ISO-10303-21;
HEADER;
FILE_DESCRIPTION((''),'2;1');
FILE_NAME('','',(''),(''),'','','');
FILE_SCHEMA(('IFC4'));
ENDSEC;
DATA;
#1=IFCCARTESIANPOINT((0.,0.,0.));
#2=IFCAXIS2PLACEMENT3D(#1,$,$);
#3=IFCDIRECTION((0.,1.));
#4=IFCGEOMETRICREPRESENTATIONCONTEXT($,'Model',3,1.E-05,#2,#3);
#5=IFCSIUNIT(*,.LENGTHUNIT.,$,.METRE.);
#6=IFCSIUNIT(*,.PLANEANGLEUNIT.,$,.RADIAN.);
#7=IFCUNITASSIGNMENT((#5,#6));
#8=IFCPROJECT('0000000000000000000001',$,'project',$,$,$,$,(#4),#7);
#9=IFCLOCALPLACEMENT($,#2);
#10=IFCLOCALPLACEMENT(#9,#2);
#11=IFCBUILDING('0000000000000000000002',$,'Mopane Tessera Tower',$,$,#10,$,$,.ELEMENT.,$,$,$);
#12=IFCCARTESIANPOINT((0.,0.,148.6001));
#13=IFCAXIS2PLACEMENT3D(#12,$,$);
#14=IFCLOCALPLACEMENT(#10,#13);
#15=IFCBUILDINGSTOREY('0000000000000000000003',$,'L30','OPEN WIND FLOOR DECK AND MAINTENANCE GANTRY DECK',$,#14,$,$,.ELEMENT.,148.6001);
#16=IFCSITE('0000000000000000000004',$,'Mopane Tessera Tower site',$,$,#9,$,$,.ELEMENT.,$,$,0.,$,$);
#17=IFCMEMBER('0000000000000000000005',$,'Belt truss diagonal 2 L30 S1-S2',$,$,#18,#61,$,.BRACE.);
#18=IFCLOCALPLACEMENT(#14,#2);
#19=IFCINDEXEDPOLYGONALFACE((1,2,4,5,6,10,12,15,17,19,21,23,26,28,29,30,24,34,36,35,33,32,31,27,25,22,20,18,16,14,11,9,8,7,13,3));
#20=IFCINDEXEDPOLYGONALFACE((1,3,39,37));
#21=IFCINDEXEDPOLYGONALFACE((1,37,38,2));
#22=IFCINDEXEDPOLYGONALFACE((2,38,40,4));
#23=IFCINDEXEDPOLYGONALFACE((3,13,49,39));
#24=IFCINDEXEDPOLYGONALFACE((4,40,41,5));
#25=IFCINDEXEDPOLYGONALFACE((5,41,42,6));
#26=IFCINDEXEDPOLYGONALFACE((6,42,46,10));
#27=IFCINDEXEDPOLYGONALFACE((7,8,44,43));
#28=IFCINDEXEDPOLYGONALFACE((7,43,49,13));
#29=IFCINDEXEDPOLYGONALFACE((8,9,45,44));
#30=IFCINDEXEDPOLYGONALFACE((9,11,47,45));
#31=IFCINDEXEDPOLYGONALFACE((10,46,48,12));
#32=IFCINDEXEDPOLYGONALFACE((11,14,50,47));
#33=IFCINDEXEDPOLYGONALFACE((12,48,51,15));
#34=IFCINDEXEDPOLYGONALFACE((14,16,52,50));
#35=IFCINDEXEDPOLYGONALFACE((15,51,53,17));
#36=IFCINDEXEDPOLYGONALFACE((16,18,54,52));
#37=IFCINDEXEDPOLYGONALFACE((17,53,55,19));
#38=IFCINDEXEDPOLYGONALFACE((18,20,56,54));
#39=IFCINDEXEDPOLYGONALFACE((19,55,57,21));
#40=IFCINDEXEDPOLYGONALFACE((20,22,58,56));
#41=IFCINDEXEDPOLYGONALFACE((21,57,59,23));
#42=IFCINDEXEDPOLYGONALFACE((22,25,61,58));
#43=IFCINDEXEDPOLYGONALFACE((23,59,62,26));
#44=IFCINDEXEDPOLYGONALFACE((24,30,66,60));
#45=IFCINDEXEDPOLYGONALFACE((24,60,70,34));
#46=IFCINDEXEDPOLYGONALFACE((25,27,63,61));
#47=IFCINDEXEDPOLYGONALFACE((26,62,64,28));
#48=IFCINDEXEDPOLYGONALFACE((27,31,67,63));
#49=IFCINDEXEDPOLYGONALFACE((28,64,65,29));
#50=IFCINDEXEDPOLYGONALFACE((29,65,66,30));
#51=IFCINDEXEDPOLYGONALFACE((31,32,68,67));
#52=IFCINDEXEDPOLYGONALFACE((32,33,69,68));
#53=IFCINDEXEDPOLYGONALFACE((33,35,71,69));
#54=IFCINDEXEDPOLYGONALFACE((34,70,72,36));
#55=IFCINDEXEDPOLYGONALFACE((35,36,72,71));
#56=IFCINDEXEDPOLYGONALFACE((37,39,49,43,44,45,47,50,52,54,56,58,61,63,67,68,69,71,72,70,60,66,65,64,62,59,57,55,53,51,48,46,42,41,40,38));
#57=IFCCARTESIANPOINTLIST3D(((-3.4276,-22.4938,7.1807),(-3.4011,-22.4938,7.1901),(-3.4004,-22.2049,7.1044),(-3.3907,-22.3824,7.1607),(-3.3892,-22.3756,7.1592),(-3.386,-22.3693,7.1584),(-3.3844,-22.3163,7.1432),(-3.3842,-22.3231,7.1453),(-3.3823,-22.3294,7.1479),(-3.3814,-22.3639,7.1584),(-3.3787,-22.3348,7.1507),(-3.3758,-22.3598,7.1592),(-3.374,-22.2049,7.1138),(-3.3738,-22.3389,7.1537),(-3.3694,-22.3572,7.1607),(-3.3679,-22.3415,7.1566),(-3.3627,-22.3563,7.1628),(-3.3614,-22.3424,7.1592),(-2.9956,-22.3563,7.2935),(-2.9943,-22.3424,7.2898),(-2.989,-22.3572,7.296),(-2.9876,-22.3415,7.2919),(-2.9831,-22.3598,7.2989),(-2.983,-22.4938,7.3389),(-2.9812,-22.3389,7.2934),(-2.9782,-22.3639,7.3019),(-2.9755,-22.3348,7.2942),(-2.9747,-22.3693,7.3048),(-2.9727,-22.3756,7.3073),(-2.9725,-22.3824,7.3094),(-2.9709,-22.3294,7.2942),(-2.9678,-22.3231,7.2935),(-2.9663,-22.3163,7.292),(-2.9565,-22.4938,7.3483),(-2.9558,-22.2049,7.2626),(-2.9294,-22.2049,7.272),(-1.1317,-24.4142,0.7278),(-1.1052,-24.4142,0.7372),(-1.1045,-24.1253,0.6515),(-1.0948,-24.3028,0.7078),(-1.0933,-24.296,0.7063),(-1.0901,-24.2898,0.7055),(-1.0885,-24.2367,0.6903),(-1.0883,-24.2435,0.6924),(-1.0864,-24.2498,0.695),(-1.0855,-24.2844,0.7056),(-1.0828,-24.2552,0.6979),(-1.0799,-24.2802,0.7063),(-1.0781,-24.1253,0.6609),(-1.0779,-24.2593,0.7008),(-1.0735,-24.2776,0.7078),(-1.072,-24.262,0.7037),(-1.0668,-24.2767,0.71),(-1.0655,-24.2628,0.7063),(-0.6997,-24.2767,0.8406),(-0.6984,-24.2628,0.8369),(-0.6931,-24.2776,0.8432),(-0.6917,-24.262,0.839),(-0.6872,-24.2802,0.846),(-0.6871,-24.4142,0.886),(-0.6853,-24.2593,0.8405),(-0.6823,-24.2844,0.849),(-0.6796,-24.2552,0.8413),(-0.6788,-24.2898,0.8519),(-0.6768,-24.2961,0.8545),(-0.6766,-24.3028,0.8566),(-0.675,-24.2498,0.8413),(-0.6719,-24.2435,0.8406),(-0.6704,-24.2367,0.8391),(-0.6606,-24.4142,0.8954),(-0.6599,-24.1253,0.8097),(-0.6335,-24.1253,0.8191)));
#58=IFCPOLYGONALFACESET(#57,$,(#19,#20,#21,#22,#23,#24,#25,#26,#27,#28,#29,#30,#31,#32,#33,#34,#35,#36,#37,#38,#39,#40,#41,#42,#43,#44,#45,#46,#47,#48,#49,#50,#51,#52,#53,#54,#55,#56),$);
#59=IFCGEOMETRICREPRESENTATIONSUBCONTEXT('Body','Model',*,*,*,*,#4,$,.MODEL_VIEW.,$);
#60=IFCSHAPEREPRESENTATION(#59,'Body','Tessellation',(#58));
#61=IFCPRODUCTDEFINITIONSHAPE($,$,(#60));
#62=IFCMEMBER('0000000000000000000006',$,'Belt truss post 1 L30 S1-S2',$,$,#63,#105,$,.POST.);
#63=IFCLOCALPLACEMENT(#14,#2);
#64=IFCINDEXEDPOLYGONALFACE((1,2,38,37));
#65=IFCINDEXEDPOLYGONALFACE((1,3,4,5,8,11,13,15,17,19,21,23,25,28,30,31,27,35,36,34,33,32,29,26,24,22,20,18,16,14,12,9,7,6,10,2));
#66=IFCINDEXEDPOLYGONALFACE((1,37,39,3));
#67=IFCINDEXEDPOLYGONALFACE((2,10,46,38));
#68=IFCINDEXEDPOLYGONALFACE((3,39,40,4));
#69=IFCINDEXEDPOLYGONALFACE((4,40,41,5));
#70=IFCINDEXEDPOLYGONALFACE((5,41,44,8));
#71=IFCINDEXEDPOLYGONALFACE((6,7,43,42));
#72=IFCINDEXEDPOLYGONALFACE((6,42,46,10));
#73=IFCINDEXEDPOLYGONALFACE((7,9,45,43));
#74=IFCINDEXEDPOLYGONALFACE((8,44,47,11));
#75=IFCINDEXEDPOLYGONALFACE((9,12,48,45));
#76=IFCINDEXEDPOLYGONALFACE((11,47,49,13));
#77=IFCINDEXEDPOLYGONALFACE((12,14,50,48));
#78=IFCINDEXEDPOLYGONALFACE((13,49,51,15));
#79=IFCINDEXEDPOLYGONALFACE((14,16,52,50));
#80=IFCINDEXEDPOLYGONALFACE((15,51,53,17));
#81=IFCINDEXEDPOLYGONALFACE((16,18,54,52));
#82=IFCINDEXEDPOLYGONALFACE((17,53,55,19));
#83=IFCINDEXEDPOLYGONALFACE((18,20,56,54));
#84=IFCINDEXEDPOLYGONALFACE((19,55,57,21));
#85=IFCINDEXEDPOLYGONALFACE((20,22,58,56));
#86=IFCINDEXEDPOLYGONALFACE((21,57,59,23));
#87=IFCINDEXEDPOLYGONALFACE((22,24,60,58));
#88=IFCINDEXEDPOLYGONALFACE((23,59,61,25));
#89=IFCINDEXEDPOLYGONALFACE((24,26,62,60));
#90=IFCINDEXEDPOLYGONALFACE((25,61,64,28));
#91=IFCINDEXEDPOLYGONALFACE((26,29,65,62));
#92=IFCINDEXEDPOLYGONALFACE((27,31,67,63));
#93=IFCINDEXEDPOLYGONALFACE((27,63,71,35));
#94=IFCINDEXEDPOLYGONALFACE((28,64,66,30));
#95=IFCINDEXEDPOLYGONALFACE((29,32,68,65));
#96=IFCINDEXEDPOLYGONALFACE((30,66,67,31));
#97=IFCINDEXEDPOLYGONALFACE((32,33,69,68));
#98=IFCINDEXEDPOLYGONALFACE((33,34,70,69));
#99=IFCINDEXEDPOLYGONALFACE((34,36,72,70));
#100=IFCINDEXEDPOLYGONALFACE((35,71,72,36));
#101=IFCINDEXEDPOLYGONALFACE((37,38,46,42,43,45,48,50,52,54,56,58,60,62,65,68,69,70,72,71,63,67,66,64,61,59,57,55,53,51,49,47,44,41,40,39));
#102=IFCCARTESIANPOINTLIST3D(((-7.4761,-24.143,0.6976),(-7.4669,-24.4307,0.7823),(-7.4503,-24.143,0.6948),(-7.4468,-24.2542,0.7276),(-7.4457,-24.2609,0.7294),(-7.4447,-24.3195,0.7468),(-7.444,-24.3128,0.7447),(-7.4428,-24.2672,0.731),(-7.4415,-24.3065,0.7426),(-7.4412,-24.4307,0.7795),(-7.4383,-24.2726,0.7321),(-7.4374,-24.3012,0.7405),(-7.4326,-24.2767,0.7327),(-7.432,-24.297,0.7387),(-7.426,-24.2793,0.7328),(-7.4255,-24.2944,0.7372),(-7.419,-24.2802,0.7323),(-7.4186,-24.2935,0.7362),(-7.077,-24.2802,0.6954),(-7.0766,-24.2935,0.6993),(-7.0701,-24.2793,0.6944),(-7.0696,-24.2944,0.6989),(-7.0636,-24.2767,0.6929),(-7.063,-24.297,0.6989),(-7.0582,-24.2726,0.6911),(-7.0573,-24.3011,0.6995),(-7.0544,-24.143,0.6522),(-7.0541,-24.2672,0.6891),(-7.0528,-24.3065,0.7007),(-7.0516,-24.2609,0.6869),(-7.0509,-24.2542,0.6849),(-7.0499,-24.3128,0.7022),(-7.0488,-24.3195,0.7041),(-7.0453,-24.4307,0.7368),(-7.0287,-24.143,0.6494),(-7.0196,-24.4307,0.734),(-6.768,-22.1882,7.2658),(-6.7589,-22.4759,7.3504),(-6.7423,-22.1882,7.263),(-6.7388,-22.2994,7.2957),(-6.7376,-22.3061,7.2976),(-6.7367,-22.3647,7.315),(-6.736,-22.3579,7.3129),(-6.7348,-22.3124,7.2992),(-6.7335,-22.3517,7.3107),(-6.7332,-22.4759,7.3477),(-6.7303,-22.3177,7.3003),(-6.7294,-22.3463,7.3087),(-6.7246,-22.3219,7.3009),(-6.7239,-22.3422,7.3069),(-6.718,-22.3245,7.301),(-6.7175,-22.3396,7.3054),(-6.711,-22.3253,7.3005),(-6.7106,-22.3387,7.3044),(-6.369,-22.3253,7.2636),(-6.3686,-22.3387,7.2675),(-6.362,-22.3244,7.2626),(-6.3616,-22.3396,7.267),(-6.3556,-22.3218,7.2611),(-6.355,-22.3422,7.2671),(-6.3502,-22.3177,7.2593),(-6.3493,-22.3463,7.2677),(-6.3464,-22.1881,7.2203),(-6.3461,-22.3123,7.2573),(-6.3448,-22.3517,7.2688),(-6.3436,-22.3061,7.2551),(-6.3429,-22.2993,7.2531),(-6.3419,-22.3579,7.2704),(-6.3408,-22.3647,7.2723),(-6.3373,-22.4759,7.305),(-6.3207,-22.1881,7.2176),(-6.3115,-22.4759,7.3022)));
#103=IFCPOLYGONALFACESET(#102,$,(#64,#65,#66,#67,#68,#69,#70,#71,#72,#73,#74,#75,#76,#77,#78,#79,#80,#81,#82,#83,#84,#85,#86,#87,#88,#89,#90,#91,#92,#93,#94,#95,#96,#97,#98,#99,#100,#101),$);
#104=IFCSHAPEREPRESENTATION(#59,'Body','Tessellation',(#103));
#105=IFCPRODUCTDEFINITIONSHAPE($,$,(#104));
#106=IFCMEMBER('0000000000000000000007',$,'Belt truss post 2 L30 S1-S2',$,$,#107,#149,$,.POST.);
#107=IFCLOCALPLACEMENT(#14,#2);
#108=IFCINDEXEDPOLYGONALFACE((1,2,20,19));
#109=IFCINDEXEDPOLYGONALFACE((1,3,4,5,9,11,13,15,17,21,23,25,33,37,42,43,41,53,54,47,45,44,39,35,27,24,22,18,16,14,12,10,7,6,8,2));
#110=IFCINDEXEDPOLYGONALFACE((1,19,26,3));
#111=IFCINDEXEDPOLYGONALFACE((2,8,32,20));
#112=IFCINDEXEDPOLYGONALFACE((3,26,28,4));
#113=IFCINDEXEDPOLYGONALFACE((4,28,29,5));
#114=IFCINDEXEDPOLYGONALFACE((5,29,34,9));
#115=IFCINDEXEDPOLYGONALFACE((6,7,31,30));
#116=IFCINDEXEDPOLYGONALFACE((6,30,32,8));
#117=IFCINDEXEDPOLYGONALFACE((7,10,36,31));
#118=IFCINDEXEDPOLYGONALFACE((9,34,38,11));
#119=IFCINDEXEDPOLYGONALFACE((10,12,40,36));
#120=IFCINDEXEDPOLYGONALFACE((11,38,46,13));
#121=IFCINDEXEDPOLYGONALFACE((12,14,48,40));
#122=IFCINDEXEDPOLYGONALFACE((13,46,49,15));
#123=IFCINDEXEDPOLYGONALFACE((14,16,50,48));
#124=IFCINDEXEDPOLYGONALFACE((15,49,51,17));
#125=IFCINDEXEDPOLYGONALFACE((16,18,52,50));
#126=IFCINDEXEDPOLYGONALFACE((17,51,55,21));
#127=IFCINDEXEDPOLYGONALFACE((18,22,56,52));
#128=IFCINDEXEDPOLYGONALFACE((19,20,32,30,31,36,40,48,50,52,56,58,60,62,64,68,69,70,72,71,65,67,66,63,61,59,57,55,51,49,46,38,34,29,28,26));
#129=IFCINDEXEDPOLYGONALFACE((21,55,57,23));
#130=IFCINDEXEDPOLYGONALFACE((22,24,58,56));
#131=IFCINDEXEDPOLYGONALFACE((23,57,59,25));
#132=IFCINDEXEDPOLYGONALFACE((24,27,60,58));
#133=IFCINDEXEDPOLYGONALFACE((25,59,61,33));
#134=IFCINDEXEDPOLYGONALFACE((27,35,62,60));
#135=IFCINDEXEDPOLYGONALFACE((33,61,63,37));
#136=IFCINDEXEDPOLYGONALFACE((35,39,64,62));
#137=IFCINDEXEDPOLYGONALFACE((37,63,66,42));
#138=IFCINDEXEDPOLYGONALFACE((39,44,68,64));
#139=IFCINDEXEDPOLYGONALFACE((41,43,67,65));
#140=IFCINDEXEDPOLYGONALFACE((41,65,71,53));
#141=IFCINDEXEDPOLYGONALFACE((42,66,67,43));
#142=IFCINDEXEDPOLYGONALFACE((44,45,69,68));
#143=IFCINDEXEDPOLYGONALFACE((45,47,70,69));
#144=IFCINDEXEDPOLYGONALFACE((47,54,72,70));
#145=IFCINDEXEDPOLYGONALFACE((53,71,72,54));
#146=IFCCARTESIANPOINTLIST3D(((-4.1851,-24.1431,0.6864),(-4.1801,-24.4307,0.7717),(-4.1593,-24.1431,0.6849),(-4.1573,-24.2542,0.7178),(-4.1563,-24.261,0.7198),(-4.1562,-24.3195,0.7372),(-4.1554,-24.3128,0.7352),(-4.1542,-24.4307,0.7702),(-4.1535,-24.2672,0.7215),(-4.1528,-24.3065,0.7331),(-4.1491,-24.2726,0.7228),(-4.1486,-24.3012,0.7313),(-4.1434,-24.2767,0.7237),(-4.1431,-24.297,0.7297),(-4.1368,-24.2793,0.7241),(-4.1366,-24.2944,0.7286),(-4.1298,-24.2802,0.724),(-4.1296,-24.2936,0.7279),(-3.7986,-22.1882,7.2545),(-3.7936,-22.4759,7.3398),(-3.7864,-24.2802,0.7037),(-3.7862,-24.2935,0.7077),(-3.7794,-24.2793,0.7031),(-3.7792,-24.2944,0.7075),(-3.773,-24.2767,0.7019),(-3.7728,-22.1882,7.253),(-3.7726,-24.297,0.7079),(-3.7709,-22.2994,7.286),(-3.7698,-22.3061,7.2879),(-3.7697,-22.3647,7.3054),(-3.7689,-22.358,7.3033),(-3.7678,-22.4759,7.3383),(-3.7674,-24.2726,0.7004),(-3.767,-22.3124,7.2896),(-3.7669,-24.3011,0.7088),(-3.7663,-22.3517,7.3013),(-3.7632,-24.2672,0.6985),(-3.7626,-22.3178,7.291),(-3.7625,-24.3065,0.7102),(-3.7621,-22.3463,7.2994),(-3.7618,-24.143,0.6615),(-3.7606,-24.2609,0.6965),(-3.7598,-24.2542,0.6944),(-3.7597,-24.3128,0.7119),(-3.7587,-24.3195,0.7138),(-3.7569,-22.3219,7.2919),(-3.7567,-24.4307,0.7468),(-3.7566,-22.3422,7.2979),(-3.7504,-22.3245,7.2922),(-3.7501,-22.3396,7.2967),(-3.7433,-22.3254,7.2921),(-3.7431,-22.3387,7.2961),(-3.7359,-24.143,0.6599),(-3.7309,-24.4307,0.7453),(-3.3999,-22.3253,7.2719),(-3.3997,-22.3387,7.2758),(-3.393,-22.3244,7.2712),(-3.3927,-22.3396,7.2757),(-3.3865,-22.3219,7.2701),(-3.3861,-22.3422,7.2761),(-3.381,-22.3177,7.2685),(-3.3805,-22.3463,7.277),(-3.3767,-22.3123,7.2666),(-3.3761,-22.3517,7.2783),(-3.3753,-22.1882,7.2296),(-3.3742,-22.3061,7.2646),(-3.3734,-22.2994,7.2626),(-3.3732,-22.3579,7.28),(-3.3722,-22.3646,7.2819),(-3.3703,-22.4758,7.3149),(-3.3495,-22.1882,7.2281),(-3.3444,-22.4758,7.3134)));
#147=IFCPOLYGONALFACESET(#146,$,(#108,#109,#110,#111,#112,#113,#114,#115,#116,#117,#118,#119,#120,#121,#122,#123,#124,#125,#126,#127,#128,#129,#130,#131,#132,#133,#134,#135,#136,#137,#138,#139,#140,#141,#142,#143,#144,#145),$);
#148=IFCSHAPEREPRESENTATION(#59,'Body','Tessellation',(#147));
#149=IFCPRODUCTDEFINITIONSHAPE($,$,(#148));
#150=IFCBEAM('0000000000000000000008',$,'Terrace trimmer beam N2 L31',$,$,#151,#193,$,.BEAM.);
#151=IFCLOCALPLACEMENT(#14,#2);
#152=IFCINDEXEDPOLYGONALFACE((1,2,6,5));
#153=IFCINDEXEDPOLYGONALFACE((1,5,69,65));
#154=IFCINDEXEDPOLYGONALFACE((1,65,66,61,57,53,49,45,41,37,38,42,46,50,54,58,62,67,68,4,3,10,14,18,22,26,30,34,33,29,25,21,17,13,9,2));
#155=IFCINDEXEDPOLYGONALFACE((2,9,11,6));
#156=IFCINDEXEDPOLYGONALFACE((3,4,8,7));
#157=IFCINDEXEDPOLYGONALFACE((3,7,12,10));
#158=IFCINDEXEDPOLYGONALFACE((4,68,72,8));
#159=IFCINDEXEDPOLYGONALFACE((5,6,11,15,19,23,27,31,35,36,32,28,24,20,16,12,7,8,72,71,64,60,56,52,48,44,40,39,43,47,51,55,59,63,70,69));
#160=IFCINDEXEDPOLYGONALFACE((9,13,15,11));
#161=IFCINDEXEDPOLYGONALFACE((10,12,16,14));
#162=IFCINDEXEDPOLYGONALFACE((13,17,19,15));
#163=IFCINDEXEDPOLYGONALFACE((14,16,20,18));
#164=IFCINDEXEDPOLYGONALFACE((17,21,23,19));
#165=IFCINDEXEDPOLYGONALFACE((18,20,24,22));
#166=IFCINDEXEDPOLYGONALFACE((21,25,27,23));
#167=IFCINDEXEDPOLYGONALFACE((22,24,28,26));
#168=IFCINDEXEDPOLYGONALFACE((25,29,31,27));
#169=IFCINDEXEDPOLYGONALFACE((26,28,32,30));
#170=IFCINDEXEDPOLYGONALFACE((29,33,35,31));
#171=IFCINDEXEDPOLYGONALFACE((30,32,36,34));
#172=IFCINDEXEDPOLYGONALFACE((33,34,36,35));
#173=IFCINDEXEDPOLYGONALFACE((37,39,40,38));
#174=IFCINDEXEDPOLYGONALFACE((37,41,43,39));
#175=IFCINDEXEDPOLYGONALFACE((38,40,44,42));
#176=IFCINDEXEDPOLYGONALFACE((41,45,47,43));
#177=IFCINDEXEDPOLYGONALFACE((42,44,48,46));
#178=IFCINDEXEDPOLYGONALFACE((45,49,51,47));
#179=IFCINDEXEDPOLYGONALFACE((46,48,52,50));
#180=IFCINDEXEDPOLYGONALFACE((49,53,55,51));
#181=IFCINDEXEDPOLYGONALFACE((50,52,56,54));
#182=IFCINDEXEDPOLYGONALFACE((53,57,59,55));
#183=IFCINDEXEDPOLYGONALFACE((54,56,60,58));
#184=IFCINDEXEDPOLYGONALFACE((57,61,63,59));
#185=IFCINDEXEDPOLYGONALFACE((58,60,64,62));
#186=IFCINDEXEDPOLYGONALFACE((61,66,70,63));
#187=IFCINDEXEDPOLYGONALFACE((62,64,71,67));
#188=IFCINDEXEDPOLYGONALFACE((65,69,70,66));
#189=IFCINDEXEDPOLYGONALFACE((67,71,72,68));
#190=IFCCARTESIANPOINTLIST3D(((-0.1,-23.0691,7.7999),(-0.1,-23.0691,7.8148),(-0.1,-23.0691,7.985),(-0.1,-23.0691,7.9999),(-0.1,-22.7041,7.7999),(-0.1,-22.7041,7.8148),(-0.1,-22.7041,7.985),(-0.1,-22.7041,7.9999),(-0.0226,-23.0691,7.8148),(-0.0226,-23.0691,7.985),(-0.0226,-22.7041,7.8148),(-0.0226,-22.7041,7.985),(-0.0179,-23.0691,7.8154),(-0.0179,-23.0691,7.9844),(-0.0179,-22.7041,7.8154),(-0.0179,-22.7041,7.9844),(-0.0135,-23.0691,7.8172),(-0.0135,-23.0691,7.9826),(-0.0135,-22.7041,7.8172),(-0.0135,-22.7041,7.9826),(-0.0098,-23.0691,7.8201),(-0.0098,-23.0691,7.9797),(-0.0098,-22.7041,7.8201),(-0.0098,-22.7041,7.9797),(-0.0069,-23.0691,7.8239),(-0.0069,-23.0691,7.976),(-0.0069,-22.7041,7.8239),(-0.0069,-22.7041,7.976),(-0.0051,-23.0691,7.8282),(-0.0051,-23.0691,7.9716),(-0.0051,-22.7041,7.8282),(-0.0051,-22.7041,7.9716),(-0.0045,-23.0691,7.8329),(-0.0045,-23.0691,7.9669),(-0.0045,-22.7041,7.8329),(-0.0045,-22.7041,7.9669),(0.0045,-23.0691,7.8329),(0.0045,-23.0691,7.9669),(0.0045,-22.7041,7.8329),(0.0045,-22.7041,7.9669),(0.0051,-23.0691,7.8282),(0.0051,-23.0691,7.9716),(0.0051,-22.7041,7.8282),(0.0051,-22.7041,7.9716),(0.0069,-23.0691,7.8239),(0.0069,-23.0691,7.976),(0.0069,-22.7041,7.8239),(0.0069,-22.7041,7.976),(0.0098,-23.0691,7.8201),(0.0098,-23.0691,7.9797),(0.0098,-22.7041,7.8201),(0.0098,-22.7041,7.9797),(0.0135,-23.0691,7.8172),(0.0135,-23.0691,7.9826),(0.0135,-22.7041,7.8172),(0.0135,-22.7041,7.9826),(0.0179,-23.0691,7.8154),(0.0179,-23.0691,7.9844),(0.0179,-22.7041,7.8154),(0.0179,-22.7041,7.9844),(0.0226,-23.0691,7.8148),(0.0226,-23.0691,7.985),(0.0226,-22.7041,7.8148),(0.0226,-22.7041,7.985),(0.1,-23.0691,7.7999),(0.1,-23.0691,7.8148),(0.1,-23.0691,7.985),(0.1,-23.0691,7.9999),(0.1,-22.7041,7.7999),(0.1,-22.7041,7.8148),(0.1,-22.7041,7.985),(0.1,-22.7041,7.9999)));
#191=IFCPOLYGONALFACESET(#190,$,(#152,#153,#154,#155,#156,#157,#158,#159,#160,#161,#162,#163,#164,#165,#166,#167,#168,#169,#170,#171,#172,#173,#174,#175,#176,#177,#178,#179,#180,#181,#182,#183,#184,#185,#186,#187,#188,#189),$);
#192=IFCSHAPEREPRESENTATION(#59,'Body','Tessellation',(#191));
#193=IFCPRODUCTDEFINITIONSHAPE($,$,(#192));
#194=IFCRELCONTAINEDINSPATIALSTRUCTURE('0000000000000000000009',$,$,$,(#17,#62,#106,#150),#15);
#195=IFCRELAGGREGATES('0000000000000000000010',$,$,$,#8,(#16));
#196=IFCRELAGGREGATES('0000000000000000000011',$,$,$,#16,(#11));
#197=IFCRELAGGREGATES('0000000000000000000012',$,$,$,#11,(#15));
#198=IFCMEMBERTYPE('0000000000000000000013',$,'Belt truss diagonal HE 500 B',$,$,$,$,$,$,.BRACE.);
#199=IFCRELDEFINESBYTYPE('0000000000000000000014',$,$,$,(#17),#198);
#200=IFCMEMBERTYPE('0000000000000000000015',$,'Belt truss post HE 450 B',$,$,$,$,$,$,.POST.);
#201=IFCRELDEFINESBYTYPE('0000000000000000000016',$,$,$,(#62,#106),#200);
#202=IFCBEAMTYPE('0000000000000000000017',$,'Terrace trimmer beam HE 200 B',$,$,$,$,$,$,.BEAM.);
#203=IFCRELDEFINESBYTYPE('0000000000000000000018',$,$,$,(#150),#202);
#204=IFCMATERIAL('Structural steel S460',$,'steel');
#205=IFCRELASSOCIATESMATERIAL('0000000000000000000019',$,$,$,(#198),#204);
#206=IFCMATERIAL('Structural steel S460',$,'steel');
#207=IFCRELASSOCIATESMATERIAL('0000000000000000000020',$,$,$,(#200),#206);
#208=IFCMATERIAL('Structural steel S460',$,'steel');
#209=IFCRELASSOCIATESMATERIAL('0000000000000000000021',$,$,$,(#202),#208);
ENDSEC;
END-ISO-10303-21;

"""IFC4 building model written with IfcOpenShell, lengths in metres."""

from ifc_helpers import new_model, si_unit, direction, frame, origin, origin_2d, place, context, subcontext, project, spatial, i_section, extrude, material, material_profile, profile_set, type_object, element, save


model = new_model("IFC4")

# Units and contexts
model_context = context("Model", 3, precision=1e-05, world=origin(), true_north=direction((0.0, 1.0)))
body_context = subcontext(model_context, "Body", "Model", "MODEL_VIEW")
ifc_project = project(units=[si_unit("LENGTHUNIT", "METRE"), si_unit("PLANEANGLEUNIT", "RADIAN")], contexts=[model_context])

# Site, building, storey
site_placement = place(None, origin())
site = spatial("IfcSite", under=ifc_project, at=site_placement, Name="Mopane Tessera Tower site", CompositionType="ELEMENT", RefElevation=0.0)
building_placement = place(site_placement, origin())
building = spatial("IfcBuilding", under=site, at=building_placement, Name="Mopane Tessera Tower", CompositionType="ELEMENT")
storey_placement = place(building_placement, frame((0.0, 0.0, 148.6001)))
storey = spatial("IfcBuildingStorey", under=building, at=storey_placement, Name="L30", Description="OPEN WIND FLOOR DECK AND MAINTENANCE GANTRY DECK", CompositionType="ELEMENT", Elevation=148.6001)

# Members
ifc_material_1 = material(Name="Structural steel S460", Category="steel")
ifc_material_profile_1 = material_profile(ifc_material_1, i_section(OverallWidth=0.3, OverallDepth=0.5, WebThickness=0.0144, FlangeThickness=0.0281, FilletRadius=0.0271, at=origin_2d()))
ifc_profile_set_1 = profile_set([ifc_material_profile_1], Name="Structural steel S460")
member_type_1 = type_object("IfcMemberType", Name="Belt truss diagonal HE 500 B", PredefinedType="BRACE", material=ifc_profile_set_1)
member_1_placement = place(storey_placement, frame((-3.1785, -22.3494, 7.2263), z_axis=(0.322762, -0.269975, -0.907159), x_axis=(0.090501, 0.962867, -0.254354)))
element("IfcMember", 1, at=member_1_placement, inside=storey, type_object=member_type_1, Name="Belt truss diagonal 2 L30 S1-S2", PredefinedType="BRACE", context=body_context, shape_type="SweptSolid", body=[
    extrude(i_section(OverallWidth=0.3, OverallDepth=0.5, WebThickness=0.0144, FlangeThickness=0.0281, FilletRadius=0.0271, at=origin_2d()), origin(), (0.0, 0.0, 1.0), 7.1133),
])
ifc_material_2 = material(Name="Structural steel S460", Category="steel")
ifc_material_profile_2 = material_profile(ifc_material_2, i_section(OverallWidth=0.3, OverallDepth=0.45, WebThickness=0.0139, FlangeThickness=0.0259, FilletRadius=0.0271, at=origin_2d()))
ifc_profile_set_2 = profile_set([ifc_material_profile_2], Name="Structural steel S460")
member_type_2 = type_object("IfcMemberType", Name="Belt truss post HE 450 B", PredefinedType="POST", material=ifc_profile_set_2)
member_2_placement = place(storey_placement, frame((-7.2478, -24.2869, 0.7158), z_axis=(0.102769, 0.283748, 0.953376), x_axis=(-0.030456, 0.958899, -0.282109)))
element("IfcMember", 2, at=member_2_placement, inside=storey, type_object=member_type_2, Name="Belt truss post 1 L30 S1-S2", PredefinedType="POST", context=body_context, shape_type="SweptSolid", body=[
    extrude(i_section(OverallWidth=0.3, OverallDepth=0.45, WebThickness=0.0139, FlangeThickness=0.0259, FilletRadius=0.0271, at=origin_2d()), origin(), (0.0, 0.0, 1.0), 6.8894),
])
member_3_placement = place(storey_placement, frame((-3.958, -24.2869, 0.7158), z_axis=(0.056307, 0.284806, 0.95693), x_axis=(-0.016845, 0.958585, -0.284308)))
element("IfcMember", 3, at=member_3_placement, inside=storey, type_object=member_type_2, Name="Belt truss post 2 L30 S1-S2", PredefinedType="POST", context=body_context, shape_type="SweptSolid", body=[
    extrude(i_section(OverallWidth=0.3, OverallDepth=0.45, WebThickness=0.0139, FlangeThickness=0.0259, FilletRadius=0.0271, at=origin_2d()), origin(), (0.0, 0.0, 1.0), 6.8638),
])

# Beam
ifc_material_3 = material(Name="Structural steel S460", Category="steel")
ifc_material_profile_3 = material_profile(ifc_material_3, i_section(OverallWidth=0.2, OverallDepth=0.2, WebThickness=0.009, FlangeThickness=0.0149, FilletRadius=0.0181, at=origin_2d()))
ifc_profile_set_3 = profile_set([ifc_material_profile_3], Name="Structural steel S460")
beam_type = type_object("IfcBeamType", Name="Terrace trimmer beam HE 200 B", PredefinedType="BEAM", material=ifc_profile_set_3)
beam_placement = place(storey_placement, frame((0.0, -22.7041, 7.8999), z_axis=(0.0, -1.0, 0.0), x_axis=(1.0, 0.0, 0.0)))
element("IfcBeam", 4, at=beam_placement, inside=storey, type_object=beam_type, Name="Terrace trimmer beam N2 L31", PredefinedType="BEAM", context=body_context, shape_type="SweptSolid", body=[
    extrude(i_section(OverallWidth=0.2, OverallDepth=0.2, WebThickness=0.009, FlangeThickness=0.0149, FilletRadius=0.0181, at=origin_2d()), origin(), (0.0, 0.0, 1.0), 0.365),
])

save(model, "model.ifc")
